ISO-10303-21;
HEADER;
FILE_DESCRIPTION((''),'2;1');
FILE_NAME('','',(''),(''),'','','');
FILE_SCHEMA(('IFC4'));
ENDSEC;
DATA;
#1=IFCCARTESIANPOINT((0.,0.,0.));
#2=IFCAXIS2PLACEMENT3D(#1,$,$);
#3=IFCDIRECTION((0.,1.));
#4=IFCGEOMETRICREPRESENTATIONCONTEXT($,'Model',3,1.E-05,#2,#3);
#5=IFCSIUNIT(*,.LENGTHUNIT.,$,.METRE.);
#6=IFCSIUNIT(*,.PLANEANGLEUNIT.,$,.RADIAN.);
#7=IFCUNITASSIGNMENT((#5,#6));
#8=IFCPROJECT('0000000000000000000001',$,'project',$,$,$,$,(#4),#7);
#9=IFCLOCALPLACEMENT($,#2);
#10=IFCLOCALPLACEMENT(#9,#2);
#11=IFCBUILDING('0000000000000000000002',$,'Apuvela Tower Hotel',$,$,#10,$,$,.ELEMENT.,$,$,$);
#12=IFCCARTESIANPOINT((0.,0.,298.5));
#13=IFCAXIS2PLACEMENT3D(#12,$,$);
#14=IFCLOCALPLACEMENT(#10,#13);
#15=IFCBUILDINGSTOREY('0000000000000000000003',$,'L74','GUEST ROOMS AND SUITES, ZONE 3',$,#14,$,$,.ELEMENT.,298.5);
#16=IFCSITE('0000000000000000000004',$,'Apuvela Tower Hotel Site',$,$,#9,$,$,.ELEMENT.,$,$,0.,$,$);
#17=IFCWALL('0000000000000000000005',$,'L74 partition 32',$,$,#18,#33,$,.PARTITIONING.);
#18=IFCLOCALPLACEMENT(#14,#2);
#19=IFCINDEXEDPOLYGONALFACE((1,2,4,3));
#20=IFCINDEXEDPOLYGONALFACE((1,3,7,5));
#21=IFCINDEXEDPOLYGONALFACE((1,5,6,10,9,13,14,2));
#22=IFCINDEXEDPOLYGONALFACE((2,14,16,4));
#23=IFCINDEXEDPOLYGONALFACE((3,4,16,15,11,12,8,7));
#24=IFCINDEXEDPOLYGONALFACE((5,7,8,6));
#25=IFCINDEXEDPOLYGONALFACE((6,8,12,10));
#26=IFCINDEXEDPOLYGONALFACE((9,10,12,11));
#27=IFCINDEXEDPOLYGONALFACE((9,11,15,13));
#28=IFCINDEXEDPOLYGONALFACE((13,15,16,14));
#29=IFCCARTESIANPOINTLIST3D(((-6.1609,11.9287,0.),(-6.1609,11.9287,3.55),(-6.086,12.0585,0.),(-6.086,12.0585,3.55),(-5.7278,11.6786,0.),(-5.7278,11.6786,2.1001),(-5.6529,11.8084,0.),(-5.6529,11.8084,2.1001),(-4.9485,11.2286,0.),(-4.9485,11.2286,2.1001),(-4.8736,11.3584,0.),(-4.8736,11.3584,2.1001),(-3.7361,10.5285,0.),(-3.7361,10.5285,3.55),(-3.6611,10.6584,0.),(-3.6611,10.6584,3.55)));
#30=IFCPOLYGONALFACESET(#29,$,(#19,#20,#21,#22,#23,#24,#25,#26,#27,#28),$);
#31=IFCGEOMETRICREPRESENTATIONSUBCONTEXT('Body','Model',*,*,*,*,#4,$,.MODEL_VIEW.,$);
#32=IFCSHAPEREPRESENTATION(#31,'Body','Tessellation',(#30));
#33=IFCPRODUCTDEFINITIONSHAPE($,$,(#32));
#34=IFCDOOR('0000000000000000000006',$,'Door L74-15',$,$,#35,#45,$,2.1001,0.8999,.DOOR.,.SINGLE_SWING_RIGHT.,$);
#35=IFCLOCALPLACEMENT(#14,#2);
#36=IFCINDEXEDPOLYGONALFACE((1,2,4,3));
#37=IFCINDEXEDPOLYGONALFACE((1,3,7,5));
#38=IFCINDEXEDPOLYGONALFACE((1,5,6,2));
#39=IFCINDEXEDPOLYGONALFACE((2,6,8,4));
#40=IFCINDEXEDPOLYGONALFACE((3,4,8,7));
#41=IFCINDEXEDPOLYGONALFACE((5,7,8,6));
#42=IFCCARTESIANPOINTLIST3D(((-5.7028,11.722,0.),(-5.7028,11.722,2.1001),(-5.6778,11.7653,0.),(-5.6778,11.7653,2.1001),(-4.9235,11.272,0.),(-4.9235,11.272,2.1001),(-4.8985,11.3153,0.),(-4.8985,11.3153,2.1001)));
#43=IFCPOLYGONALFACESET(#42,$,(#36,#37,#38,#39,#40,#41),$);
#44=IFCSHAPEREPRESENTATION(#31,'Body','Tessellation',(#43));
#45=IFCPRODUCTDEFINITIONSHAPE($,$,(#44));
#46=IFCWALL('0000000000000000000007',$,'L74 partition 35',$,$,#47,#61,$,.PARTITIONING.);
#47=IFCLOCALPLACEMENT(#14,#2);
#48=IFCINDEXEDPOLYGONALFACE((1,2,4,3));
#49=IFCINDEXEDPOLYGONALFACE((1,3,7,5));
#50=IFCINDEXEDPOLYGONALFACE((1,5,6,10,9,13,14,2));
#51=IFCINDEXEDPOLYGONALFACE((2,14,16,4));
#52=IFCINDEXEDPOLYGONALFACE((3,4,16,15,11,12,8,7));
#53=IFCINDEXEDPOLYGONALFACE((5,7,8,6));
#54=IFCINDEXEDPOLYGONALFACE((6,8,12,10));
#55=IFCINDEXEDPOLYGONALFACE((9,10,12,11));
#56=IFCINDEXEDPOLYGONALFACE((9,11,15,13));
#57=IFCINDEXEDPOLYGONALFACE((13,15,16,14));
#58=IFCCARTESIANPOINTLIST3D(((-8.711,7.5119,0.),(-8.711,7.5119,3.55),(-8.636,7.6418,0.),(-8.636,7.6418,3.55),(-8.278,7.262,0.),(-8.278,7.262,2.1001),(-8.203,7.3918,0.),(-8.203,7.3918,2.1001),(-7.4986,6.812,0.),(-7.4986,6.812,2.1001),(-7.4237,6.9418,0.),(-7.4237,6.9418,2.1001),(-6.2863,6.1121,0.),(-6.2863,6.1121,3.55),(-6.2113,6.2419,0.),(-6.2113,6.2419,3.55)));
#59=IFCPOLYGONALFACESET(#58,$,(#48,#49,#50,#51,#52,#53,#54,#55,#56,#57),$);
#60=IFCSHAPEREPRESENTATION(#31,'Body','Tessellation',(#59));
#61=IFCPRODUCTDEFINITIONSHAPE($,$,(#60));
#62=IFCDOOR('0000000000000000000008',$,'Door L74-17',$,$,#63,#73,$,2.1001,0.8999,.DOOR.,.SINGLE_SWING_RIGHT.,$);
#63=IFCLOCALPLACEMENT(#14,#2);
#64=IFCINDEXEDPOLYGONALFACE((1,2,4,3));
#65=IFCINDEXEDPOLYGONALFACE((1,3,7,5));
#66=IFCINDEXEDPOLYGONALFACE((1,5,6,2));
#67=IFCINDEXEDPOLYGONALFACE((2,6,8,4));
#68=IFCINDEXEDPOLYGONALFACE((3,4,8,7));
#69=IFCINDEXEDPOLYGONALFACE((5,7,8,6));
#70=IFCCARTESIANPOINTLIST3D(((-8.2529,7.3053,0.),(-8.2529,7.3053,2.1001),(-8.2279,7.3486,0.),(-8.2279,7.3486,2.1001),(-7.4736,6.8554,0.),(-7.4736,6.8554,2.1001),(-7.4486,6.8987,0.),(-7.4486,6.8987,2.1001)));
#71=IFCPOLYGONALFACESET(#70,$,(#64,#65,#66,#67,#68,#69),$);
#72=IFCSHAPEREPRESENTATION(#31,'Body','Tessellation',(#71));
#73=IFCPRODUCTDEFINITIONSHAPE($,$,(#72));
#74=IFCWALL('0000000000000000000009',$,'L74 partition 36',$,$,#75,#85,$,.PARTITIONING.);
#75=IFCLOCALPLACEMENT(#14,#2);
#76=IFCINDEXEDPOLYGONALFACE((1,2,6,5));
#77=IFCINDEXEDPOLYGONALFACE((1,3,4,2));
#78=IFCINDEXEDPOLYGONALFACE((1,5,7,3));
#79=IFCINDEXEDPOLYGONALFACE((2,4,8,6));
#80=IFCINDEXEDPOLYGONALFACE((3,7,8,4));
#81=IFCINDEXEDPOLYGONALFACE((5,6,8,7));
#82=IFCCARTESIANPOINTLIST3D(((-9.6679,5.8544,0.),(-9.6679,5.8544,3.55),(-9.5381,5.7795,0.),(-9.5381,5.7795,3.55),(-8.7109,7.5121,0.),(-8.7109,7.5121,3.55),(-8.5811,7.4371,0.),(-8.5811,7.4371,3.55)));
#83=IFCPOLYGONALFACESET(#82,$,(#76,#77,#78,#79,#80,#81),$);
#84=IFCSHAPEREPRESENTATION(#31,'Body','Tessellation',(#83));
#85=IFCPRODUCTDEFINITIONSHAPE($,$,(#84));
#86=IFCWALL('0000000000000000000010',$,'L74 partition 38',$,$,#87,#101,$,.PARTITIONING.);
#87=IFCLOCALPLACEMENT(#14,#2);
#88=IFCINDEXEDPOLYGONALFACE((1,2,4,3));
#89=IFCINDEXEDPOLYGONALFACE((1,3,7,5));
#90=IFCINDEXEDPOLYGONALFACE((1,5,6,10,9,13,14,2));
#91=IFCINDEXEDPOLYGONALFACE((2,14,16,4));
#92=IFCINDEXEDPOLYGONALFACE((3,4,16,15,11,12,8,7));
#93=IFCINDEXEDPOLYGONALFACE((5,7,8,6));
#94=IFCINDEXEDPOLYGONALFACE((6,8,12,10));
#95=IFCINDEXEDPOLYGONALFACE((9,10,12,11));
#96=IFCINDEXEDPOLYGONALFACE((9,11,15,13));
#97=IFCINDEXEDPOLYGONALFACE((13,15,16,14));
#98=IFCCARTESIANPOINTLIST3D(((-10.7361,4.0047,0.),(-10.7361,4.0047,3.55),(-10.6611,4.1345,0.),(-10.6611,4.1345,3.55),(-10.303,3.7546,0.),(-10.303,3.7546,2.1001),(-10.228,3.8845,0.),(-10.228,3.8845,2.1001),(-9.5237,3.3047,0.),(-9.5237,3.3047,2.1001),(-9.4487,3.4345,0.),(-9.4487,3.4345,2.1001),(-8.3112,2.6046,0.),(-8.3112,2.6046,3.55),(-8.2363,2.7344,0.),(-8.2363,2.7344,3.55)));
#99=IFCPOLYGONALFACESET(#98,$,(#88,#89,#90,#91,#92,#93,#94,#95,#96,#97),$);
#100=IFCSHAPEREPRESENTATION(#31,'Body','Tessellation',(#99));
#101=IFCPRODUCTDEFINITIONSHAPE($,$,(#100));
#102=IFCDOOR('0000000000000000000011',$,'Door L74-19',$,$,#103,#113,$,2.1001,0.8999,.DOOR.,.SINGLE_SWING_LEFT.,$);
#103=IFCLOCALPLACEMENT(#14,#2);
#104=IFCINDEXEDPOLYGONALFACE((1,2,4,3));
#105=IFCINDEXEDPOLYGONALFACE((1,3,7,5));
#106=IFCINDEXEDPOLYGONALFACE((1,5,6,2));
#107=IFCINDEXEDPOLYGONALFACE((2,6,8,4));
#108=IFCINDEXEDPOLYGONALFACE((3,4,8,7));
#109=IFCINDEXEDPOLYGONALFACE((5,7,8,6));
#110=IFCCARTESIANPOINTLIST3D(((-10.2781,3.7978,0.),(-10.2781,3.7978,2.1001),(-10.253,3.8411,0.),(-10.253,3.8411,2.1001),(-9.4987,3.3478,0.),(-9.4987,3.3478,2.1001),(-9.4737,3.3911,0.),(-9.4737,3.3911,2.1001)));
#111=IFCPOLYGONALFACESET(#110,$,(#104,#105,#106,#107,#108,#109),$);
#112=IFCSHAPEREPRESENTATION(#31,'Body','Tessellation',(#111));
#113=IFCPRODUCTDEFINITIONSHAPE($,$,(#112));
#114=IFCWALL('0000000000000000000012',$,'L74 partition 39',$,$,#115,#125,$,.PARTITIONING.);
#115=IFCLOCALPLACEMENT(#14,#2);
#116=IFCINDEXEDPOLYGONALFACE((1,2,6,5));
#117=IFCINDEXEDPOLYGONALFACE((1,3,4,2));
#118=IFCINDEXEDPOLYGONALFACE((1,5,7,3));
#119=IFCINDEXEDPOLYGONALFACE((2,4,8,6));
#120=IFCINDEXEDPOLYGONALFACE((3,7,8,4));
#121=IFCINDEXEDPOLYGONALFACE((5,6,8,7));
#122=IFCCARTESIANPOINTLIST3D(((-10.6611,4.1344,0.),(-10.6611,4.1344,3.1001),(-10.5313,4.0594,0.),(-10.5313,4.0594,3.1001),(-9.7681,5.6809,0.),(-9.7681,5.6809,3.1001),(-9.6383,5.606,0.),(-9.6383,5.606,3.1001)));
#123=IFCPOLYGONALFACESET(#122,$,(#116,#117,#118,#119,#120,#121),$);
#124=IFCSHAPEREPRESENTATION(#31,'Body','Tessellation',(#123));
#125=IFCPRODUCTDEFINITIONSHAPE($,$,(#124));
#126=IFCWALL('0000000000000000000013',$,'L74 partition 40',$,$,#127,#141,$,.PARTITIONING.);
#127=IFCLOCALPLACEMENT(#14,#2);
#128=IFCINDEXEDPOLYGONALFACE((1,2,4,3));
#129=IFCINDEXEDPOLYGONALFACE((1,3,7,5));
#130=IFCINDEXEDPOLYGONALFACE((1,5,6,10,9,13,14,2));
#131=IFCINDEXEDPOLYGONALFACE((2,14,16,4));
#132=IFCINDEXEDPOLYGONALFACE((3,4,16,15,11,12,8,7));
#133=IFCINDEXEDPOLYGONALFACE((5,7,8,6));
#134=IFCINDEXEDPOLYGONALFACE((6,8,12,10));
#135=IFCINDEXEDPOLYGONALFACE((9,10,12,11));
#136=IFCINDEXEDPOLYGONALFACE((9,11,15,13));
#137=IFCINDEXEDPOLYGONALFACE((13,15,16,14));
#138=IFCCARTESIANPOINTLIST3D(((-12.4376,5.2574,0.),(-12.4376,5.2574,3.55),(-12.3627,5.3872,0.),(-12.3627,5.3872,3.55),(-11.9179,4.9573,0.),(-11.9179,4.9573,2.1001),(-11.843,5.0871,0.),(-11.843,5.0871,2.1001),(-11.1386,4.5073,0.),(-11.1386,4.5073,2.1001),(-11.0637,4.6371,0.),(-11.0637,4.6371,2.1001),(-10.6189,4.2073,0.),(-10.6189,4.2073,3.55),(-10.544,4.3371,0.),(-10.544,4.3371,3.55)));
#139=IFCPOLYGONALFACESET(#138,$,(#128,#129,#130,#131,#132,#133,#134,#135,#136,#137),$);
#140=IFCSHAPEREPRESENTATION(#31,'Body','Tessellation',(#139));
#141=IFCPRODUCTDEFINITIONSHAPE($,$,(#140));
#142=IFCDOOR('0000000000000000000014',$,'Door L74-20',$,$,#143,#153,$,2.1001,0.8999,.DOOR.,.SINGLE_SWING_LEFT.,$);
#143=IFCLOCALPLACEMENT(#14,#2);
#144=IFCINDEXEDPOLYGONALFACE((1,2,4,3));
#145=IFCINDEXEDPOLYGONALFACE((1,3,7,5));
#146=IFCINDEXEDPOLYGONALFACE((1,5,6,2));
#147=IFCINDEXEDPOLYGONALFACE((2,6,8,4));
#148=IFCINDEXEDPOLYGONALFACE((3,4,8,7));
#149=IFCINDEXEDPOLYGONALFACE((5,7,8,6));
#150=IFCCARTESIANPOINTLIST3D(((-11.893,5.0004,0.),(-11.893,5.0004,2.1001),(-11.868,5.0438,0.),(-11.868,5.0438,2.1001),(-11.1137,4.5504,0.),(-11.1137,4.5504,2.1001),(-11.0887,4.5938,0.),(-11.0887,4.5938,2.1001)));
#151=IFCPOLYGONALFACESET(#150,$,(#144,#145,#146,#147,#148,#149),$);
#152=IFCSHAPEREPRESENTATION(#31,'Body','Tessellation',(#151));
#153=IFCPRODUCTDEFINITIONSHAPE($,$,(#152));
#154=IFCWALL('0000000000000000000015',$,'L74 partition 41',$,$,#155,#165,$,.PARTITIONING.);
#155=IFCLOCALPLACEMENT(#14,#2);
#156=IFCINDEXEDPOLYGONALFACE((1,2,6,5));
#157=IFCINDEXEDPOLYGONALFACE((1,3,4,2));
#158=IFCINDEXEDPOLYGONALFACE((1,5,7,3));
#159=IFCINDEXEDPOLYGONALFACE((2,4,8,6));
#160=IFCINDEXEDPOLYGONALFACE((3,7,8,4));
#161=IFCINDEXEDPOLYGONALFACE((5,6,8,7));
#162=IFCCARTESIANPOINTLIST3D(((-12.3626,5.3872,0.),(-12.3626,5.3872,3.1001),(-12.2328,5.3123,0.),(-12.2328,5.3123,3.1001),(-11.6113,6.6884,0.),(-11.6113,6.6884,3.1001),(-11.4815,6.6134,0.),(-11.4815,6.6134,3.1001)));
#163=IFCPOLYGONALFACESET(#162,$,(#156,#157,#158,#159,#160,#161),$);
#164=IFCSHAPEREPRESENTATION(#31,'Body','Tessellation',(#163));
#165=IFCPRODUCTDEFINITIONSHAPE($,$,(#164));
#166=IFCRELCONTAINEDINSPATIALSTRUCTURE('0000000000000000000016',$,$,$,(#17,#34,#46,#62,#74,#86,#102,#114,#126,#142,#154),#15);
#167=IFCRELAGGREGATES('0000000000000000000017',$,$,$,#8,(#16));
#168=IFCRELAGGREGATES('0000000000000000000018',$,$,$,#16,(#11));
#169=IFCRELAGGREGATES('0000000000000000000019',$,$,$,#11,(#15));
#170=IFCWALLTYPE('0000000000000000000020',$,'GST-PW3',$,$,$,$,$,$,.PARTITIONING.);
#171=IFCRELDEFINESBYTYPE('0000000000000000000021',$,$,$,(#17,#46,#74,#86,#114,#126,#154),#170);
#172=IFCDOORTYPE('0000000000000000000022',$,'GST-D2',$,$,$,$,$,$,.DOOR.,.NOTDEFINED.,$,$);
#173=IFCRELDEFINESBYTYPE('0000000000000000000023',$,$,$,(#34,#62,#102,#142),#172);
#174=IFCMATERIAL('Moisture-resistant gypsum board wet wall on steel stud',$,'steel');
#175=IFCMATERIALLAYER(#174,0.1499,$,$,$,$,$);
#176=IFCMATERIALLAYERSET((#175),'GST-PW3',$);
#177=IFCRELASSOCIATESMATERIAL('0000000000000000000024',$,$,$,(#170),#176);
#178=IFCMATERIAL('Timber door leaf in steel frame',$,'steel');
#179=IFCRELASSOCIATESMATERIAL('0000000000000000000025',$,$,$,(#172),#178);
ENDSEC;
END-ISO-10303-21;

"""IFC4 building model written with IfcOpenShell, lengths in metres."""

from ifc_helpers import new_model, si_unit, direction, frame, frame_2d, origin, place, context, subcontext, project, spatial, rectangle, extrude, material, layer, layer_set, type_object, element, fill, save


model = new_model("IFC4")

# Units and contexts
model_context = context("Model", 3, precision=1e-05, world=origin(), true_north=direction((0.0, 1.0)))
body_context = subcontext(model_context, "Body", "Model", "MODEL_VIEW")
ifc_project = project(units=[si_unit("LENGTHUNIT", "METRE"), si_unit("PLANEANGLEUNIT", "RADIAN")], contexts=[model_context])

# Site, building, storey
site_placement = place(None, origin())
site = spatial("IfcSite", under=ifc_project, at=site_placement, Name="Apuvela Tower Hotel Site", CompositionType="ELEMENT", RefElevation=0.0)
building_placement = place(site_placement, origin())
building = spatial("IfcBuilding", under=site, at=building_placement, Name="Apuvela Tower Hotel", CompositionType="ELEMENT")
storey_placement = place(building_placement, frame((0.0, 0.0, 298.5)))
storey = spatial("IfcBuildingStorey", under=building, at=storey_placement, Name="L74", Description="GUEST ROOMS AND SUITES, ZONE 3", CompositionType="ELEMENT", Elevation=298.5)

# Walls, openings, doors
ifc_material_1 = material(Name="Timber door leaf in steel frame", Category="steel")
ifc_material_2 = material(Name="Moisture-resistant gypsum board wet wall on steel stud", Category="steel")
ifc_layer_1 = layer(ifc_material_2, 0.1499)
ifc_layer_set_1 = layer_set([ifc_layer_1], Name="GST-PW3")
wall_type_1 = type_object("IfcWallType", Name="GST-PW3", PredefinedType="PARTITIONING", material=ifc_layer_set_1)
wall_1_placement = place(storey_placement, frame((-3.6987, 10.5935, 0.0), z_axis=(0.0, 0.0, 1.0), x_axis=(-0.865997, 0.50005, 0.0)))
wall_1 = element("IfcWall", 1, at=wall_1_placement, inside=storey, type_object=wall_type_1, Name="L74 partition 32", PredefinedType="PARTITIONING", context=body_context, shape_type="SweptSolid", body=[
    extrude(rectangle(XDim=2.8, YDim=0.1499, at=frame_2d((1.3999, 0.0))), origin(), (0.0, 0.0, 1.0), 3.55),
])
opening_1_placement = place(wall_1_placement, frame((1.3999, 0.0, 0.0)))
opening_1 = element("IfcOpeningElement", 2, at=opening_1_placement, cuts=wall_1, PredefinedType="OPENING", context=body_context, shape_type="SweptSolid", body=[
    extrude(rectangle(XDim=0.8999, YDim=2.1001, at=frame_2d((0.45, 1.05))), frame((0.0, 0.085, 0.0), z_axis=(0.0, -1.0, 0.0), x_axis=(1.0, 0.0, 0.0)), (0.0, 0.0, 1.0), 0.1699),
])
door_type_1 = type_object("IfcDoorType", Name="GST-D2", OperationType="NOTDEFINED", PredefinedType="DOOR", material=ifc_material_1)
door_1_placement = place(opening_1_placement, origin())
door_1 = element("IfcDoor", 3, at=door_1_placement, inside=storey, type_object=door_type_1, Name="Door L74-15", OperationType="SINGLE_SWING_RIGHT", OverallHeight=2.1001, OverallWidth=0.8999, PredefinedType="DOOR", context=body_context, shape_type="SweptSolid", body=[
    extrude(rectangle(XDim=0.8999, YDim=2.1001, at=frame_2d((0.45, 1.05))), frame((0.0, 0.0249, 0.0), z_axis=(0.0, -1.0, 0.0), x_axis=(1.0, 0.0, 0.0)), (0.0, 0.0, 1.0), 0.05),
])
fill(opening_1, door_1)
wall_2_placement = place(storey_placement, frame((-6.2488, 6.177, 0.0), z_axis=(0.0, 0.0, 1.0), x_axis=(-0.866035, 0.499984, 0.0)))
wall_2 = element("IfcWall", 4, at=wall_2_placement, inside=storey, type_object=wall_type_1, Name="L74 partition 35", PredefinedType="PARTITIONING", context=body_context, shape_type="SweptSolid", body=[
    extrude(rectangle(XDim=2.7998, YDim=0.1499, at=frame_2d((1.3999, 0.0))), origin(), (0.0, 0.0, 1.0), 3.55),
])
opening_2_placement = place(wall_2_placement, frame((1.3999, 0.0, 0.0)))
opening_2 = element("IfcOpeningElement", 5, at=opening_2_placement, cuts=wall_2, PredefinedType="OPENING", context=body_context, shape_type="SweptSolid", body=[
    extrude(rectangle(XDim=0.8999, YDim=2.1001, at=frame_2d((0.45, 1.05))), frame((0.0, 0.085, 0.0), z_axis=(0.0, -1.0, 0.0), x_axis=(1.0, 0.0, 0.0)), (0.0, 0.0, 1.0), 0.1699),
])
door_2_placement = place(opening_2_placement, origin())
door_2 = element("IfcDoor", 6, at=door_2_placement, inside=storey, type_object=door_type_1, Name="Door L74-17", OperationType="SINGLE_SWING_RIGHT", OverallHeight=2.1001, OverallWidth=0.8999, PredefinedType="DOOR", context=body_context, shape_type="SweptSolid", body=[
    extrude(rectangle(XDim=0.8999, YDim=2.1001, at=frame_2d((0.45, 1.05))), frame((0.0, 0.0249, 0.0), z_axis=(0.0, -1.0, 0.0), x_axis=(1.0, 0.0, 0.0)), (0.0, 0.0, 1.0), 0.05),
])
fill(opening_2, door_2)

# Wall
wall_3_placement = place(storey_placement, frame((-8.646, 7.4746, 0.0), z_axis=(0.0, 0.0, 1.0), x_axis=(-0.49998, -0.866037, 0.0)))
element("IfcWall", 7, at=wall_3_placement, inside=storey, type_object=wall_type_1, Name="L74 partition 36", PredefinedType="PARTITIONING", context=body_context, shape_type="SweptSolid", body=[
    extrude(rectangle(XDim=1.9141, YDim=0.1499, at=frame_2d((0.957, 0.0))), origin(), (0.0, 0.0, 1.0), 3.55),
])

# Wall, opening, door
wall_4_placement = place(storey_placement, frame((-10.6985, 4.0696, 0.0), z_axis=(0.0, 0.0, 1.0), x_axis=(0.865997, -0.50005, 0.0)))
wall_4 = element("IfcWall", 8, at=wall_4_placement, inside=storey, type_object=wall_type_1, Name="L74 partition 38", PredefinedType="PARTITIONING", context=body_context, shape_type="SweptSolid", body=[
    extrude(rectangle(XDim=2.8, YDim=0.1499, at=frame_2d((1.3999, 0.0))), origin(), (0.0, 0.0, 1.0), 3.55),
])
opening_3_placement = place(wall_4_placement, frame((0.5, 0.0, 0.0)))
opening_3 = element("IfcOpeningElement", 9, at=opening_3_placement, cuts=wall_4, PredefinedType="OPENING", context=body_context, shape_type="SweptSolid", body=[
    extrude(rectangle(XDim=0.8999, YDim=2.1001, at=frame_2d((0.45, 1.05))), frame((0.0, 0.085, 0.0), z_axis=(0.0, -1.0, 0.0), x_axis=(1.0, 0.0, 0.0)), (0.0, 0.0, 1.0), 0.1699),
])
door_3_placement = place(opening_3_placement, origin())
door_3 = element("IfcDoor", 10, at=door_3_placement, inside=storey, type_object=door_type_1, Name="Door L74-19", OperationType="SINGLE_SWING_LEFT", OverallHeight=2.1001, OverallWidth=0.8999, PredefinedType="DOOR", context=body_context, shape_type="SweptSolid", body=[
    extrude(rectangle(XDim=0.8999, YDim=2.1001, at=frame_2d((0.45, 1.05))), frame((0.0, 0.0249, 0.0), z_axis=(0.0, -1.0, 0.0), x_axis=(1.0, 0.0, 0.0)), (0.0, 0.0, 1.0), 0.05),
])
fill(opening_3, door_3)

# Wall
wall_5_placement = place(storey_placement, frame((-9.7031, 5.6436, 0.0), z_axis=(0.0, 0.0, 1.0), x_axis=(-0.50005, -0.865997, 0.0)))
element("IfcWall", 11, at=wall_5_placement, inside=storey, type_object=wall_type_1, Name="L74 partition 39", PredefinedType="PARTITIONING", context=body_context, shape_type="SweptSolid", body=[
    extrude(rectangle(XDim=1.7859, YDim=0.1499, at=frame_2d((0.8931, 0.0))), origin(), (0.0, 0.0, 1.0), 3.1001),
])

# Wall, opening, door
wall_6_placement = place(storey_placement, frame((-12.4001, 5.3223, 0.0), z_axis=(0.0, 0.0, 1.0), x_axis=(0.866009, -0.500028, 0.0)))
wall_6 = element("IfcWall", 12, at=wall_6_placement, inside=storey, type_object=wall_type_1, Name="L74 partition 40", PredefinedType="PARTITIONING", context=body_context, shape_type="SweptSolid", body=[
    extrude(rectangle(XDim=2.1001, YDim=0.1499, at=frame_2d((1.05, 0.0))), origin(), (0.0, 0.0, 1.0), 3.55),
])
opening_4_placement = place(wall_6_placement, frame((0.6001, 0.0, 0.0)))
opening_4 = element("IfcOpeningElement", 13, at=opening_4_placement, cuts=wall_6, PredefinedType="OPENING", context=body_context, shape_type="SweptSolid", body=[
    extrude(rectangle(XDim=0.8999, YDim=2.1001, at=frame_2d((0.45, 1.05))), frame((0.0, 0.085, 0.0), z_axis=(0.0, -1.0, 0.0), x_axis=(1.0, 0.0, 0.0)), (0.0, 0.0, 1.0), 0.1699),
])
door_4_placement = place(opening_4_placement, origin())
door_4 = element("IfcDoor", 14, at=door_4_placement, inside=storey, type_object=door_type_1, Name="Door L74-20", OperationType="SINGLE_SWING_LEFT", OverallHeight=2.1001, OverallWidth=0.8999, PredefinedType="DOOR", context=body_context, shape_type="SweptSolid", body=[
    extrude(rectangle(XDim=0.8999, YDim=2.1001, at=frame_2d((0.45, 1.05))), frame((0.0, 0.0249, 0.0), z_axis=(0.0, -1.0, 0.0), x_axis=(1.0, 0.0, 0.0)), (0.0, 0.0, 1.0), 0.05),
])
fill(opening_4, door_4)

# Wall
wall_7_placement = place(storey_placement, frame((-11.5464, 6.6509, 0.0), z_axis=(0.0, 0.0, 1.0), x_axis=(-0.500037, -0.866004, 0.0)))
element("IfcWall", 15, at=wall_7_placement, inside=storey, type_object=wall_type_1, Name="L74 partition 41", PredefinedType="PARTITIONING", context=body_context, shape_type="SweptSolid", body=[
    extrude(rectangle(XDim=1.5024, YDim=0.1499, at=frame_2d((0.7512, 0.0))), origin(), (0.0, 0.0, 1.0), 3.1001),
])

save(model, "model.ifc")
